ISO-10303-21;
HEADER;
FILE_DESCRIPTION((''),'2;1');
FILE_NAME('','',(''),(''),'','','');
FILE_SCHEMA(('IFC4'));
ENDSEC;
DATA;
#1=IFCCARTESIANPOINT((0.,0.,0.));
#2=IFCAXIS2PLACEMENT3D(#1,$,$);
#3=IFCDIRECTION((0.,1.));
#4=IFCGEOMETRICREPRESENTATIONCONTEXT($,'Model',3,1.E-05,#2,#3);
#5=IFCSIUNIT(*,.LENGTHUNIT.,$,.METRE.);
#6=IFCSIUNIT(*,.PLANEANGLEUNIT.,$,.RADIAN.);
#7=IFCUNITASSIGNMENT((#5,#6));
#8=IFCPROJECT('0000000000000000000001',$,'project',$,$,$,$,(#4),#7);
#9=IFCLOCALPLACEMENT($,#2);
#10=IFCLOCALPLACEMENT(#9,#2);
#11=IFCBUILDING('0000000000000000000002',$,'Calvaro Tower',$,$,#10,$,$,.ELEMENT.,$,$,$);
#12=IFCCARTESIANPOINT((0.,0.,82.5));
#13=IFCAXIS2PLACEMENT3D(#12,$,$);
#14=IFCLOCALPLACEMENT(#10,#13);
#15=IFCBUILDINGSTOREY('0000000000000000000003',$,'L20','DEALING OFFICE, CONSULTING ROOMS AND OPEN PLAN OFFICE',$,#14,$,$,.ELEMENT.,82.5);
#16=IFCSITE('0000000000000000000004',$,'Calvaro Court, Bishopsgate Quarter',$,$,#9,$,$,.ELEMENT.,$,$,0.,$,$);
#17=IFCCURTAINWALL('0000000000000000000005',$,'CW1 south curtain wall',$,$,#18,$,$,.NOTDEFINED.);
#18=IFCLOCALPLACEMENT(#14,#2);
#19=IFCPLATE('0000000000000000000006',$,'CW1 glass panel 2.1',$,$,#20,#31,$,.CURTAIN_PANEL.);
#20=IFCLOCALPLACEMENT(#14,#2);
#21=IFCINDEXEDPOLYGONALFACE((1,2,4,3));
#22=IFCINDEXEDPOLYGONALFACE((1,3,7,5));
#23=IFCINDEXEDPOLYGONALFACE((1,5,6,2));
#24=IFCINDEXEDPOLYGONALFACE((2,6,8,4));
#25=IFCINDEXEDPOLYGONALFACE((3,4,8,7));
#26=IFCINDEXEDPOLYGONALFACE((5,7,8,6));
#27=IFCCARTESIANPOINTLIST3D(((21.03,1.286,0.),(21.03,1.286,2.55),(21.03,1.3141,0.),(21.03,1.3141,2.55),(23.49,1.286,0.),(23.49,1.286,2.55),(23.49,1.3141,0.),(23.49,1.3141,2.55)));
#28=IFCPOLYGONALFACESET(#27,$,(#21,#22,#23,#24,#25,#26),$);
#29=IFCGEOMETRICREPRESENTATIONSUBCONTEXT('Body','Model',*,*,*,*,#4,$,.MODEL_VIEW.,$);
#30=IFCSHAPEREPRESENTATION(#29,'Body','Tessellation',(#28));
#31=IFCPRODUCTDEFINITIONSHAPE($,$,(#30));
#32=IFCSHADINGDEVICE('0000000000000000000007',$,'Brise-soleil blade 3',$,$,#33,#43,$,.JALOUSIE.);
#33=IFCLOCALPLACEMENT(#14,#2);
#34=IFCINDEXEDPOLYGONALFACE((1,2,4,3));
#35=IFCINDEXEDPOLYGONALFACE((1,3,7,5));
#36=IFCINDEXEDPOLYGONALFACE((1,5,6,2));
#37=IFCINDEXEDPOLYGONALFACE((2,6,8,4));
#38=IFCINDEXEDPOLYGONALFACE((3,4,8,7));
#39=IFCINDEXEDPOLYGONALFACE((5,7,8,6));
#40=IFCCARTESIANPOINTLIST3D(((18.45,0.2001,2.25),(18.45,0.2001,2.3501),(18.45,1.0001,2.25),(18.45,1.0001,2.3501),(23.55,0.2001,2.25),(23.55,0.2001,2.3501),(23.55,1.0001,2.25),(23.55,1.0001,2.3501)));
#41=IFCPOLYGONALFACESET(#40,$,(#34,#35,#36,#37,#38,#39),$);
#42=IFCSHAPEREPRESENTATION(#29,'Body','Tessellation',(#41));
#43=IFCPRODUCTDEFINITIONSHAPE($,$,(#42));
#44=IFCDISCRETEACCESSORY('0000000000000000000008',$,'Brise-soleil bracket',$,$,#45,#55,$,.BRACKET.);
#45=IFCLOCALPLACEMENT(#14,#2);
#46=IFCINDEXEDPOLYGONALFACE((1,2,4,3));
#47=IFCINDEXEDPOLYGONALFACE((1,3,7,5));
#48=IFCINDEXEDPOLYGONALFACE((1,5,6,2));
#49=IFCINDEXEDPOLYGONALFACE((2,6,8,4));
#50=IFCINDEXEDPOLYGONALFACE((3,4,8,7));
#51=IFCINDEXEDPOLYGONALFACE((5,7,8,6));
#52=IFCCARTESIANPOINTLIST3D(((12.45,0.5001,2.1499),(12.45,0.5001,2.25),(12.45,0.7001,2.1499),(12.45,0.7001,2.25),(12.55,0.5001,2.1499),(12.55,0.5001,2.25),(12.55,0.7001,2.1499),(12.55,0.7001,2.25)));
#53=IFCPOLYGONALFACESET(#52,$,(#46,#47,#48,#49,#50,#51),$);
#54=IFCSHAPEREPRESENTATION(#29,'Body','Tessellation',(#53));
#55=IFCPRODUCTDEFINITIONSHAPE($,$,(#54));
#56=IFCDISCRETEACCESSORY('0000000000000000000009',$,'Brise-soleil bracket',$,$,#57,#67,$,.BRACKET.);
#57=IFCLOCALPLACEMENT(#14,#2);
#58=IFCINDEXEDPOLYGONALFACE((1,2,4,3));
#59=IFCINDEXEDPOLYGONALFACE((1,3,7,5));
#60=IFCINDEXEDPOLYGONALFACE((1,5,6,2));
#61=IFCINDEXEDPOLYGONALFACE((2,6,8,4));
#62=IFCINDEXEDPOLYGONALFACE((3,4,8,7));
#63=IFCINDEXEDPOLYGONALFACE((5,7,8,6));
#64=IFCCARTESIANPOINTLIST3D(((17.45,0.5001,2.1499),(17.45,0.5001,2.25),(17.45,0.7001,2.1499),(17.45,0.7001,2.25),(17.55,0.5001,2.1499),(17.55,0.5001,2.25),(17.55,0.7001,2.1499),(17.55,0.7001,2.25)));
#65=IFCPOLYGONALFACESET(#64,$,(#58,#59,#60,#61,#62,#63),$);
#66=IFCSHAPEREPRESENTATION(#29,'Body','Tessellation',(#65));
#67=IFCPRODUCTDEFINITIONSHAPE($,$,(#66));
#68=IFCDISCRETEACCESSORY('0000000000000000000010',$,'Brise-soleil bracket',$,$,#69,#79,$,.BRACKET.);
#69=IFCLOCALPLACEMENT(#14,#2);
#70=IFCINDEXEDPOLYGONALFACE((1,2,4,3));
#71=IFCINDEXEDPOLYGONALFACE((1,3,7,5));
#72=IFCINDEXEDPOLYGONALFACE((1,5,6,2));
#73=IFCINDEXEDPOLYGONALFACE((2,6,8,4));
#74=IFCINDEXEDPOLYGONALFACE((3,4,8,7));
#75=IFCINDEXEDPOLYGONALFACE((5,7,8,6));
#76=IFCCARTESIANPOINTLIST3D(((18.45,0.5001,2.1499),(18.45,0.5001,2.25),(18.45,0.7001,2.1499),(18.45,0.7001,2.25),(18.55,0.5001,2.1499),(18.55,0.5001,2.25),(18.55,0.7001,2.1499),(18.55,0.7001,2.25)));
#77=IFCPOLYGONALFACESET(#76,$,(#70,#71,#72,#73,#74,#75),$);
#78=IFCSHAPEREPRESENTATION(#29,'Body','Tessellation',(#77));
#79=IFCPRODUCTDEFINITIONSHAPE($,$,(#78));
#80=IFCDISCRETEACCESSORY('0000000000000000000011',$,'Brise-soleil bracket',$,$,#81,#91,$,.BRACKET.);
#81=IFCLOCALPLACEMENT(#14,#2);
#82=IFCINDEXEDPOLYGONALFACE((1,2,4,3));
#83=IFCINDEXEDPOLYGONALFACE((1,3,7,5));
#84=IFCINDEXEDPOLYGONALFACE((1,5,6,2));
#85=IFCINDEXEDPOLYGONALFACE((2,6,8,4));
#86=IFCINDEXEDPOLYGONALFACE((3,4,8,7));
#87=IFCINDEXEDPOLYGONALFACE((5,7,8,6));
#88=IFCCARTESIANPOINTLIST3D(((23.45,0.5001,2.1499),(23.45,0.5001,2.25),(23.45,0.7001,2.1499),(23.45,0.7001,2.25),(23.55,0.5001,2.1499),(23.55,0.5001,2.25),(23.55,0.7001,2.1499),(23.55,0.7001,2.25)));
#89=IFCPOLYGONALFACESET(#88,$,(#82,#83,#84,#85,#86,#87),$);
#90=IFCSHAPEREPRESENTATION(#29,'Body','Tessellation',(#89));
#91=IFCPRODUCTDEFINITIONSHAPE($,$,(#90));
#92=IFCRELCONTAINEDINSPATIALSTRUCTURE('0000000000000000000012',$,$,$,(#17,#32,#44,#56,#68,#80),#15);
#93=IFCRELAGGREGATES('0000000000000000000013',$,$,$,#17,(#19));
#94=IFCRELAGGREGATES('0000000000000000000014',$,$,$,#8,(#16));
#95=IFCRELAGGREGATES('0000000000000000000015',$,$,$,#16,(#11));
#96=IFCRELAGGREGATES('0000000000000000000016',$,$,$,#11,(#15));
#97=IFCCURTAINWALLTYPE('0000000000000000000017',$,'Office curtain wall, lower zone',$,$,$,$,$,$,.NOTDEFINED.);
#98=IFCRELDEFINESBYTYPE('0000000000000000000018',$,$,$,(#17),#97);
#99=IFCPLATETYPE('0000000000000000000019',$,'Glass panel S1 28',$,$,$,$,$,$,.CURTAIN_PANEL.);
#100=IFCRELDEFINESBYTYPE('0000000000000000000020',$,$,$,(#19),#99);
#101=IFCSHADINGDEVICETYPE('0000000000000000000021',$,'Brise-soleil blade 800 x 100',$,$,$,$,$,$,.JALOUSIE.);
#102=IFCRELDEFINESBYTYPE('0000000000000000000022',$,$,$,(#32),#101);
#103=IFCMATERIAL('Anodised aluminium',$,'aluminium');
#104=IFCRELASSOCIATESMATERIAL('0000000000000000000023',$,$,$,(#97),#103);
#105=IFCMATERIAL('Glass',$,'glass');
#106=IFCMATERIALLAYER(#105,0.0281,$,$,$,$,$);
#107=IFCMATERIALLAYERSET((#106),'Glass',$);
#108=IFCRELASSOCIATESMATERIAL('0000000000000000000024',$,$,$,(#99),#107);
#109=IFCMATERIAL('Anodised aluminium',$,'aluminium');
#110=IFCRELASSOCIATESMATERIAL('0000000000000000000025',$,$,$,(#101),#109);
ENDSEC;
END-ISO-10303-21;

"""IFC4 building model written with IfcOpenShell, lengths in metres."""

from ifc_helpers import new_model, si_unit, direction, frame, origin, origin_2d, place, context, subcontext, project, spatial, rectangle, extrude, material, layer, layer_set, material_profile, profile_set, type_object, element, aggregate, save


model = new_model("IFC4")

# Units and contexts
model_context = context("Model", 3, precision=1e-05, world=origin(), true_north=direction((0.0, 1.0)))
body_context = subcontext(model_context, "Body", "Model", "MODEL_VIEW")
ifc_project = project(units=[si_unit("LENGTHUNIT", "METRE"), si_unit("PLANEANGLEUNIT", "RADIAN")], contexts=[model_context])

# Site, building, storey
site_placement = place(None, origin())
site = spatial("IfcSite", under=ifc_project, at=site_placement, Name="Calvaro Court, Bishopsgate Quarter", CompositionType="ELEMENT", RefElevation=0.0)
building_placement = place(site_placement, origin())
building = spatial("IfcBuilding", under=site, at=building_placement, Name="Calvaro Tower", CompositionType="ELEMENT")
storey_placement = place(building_placement, frame((0.0, 0.0, 82.5)))
storey = spatial("IfcBuildingStorey", under=building, at=storey_placement, Name="L20", Description="DEALING OFFICE, CONSULTING ROOMS AND OPEN PLAN OFFICE", CompositionType="ELEMENT", Elevation=82.5)

# Curtain wall
ifc_material_1 = material(Name="Anodised aluminium", Category="aluminium")
curtain_wall_type = type_object("IfcCurtainWallType", Name="Office curtain wall, lower zone", PredefinedType="NOTDEFINED", material=ifc_material_1)
curtain_wall_1_placement = place(storey_placement, origin())
curtain_wall_1 = element("IfcCurtainWall", 1, at=curtain_wall_1_placement, inside=storey, type_object=curtain_wall_type, Name="CW1 south curtain wall", PredefinedType="NOTDEFINED")

# Plate
ifc_material_2 = material(Name="Glass", Category="glass")
ifc_layer = layer(ifc_material_2, 0.0281)
ifc_layer_set = layer_set([ifc_layer], Name="Glass")
plate_type = type_object("IfcPlateType", Name="Glass panel S1 28", PredefinedType="CURTAIN_PANEL", material=ifc_layer_set)
plate_1_placement = place(storey_placement, frame((22.26, 1.3, 0.0), z_axis=(0.0, 0.0, 1.0), x_axis=(1.0, 0.0, 0.0)))
plate_1 = element("IfcPlate", 2, at=plate_1_placement, type_object=plate_type, Name="CW1 glass panel 2.1", PredefinedType="CURTAIN_PANEL", context=body_context, shape_type="SweptSolid", body=[
    extrude(rectangle(XDim=2.46, YDim=0.0281, at=origin_2d()), origin(), (0.0, 0.0, 1.0), 2.55),
])
aggregate(curtain_wall_1, [plate_1])

# Shading device
ifc_material_3 = material(Name="Anodised aluminium", Category="aluminium")
ifc_material_profile_1 = material_profile(ifc_material_3, rectangle(XDim=0.8, YDim=0.1001, at=origin_2d()), Name="Brise-soleil blade 800 x 100")
ifc_profile_set_1 = profile_set([ifc_material_profile_1], Name="Anodised aluminium")
shading_device_type = type_object("IfcShadingDeviceType", Name="Brise-soleil blade 800 x 100", PredefinedType="JALOUSIE", material=ifc_profile_set_1)
shading_device_placement = place(storey_placement, frame((18.45, 0.6001, 2.3), z_axis=(1.0, 0.0, 0.0), x_axis=(0.0, 1.0, 0.0)))
element("IfcShadingDevice", 3, at=shading_device_placement, inside=storey, type_object=shading_device_type, Name="Brise-soleil blade 3", PredefinedType="JALOUSIE", context=body_context, shape_type="SweptSolid", body=[
    extrude(rectangle(XDim=0.8, YDim=0.1001, at=origin_2d()), origin(), (0.0, 0.0, 1.0), 5.1001),
])

# Discrete accessories
for number, where, z_axis, x_axis, name in (
    (4, (12.5, 0.6001, 2.1499), (0.0, 0.0, 1.0), (1.0, 0.0, 0.0), "Brise-soleil bracket"),
    (5, (17.5, 0.6001, 2.1499), (0.0, 0.0, 1.0), (1.0, 0.0, 0.0), "Brise-soleil bracket"),
    (6, (18.5, 0.6001, 2.1499), (0.0, 0.0, 1.0), (1.0, 0.0, 0.0), "Brise-soleil bracket"),
    (7, (23.5, 0.6001, 2.1499), (0.0, 0.0, 1.0), (1.0, 0.0, 0.0), "Brise-soleil bracket"),
):
    element("IfcDiscreteAccessory", number, at=place(storey_placement, frame(where, z_axis=z_axis, x_axis=x_axis)), inside=storey, Name=name, PredefinedType="BRACKET", context=body_context, shape_type="SweptSolid", body=[
        extrude(rectangle(XDim=0.1001, YDim=0.2, at=origin_2d()), origin(), (0.0, 0.0, 1.0), 0.1001),
    ])

save(model, "model.ifc")
